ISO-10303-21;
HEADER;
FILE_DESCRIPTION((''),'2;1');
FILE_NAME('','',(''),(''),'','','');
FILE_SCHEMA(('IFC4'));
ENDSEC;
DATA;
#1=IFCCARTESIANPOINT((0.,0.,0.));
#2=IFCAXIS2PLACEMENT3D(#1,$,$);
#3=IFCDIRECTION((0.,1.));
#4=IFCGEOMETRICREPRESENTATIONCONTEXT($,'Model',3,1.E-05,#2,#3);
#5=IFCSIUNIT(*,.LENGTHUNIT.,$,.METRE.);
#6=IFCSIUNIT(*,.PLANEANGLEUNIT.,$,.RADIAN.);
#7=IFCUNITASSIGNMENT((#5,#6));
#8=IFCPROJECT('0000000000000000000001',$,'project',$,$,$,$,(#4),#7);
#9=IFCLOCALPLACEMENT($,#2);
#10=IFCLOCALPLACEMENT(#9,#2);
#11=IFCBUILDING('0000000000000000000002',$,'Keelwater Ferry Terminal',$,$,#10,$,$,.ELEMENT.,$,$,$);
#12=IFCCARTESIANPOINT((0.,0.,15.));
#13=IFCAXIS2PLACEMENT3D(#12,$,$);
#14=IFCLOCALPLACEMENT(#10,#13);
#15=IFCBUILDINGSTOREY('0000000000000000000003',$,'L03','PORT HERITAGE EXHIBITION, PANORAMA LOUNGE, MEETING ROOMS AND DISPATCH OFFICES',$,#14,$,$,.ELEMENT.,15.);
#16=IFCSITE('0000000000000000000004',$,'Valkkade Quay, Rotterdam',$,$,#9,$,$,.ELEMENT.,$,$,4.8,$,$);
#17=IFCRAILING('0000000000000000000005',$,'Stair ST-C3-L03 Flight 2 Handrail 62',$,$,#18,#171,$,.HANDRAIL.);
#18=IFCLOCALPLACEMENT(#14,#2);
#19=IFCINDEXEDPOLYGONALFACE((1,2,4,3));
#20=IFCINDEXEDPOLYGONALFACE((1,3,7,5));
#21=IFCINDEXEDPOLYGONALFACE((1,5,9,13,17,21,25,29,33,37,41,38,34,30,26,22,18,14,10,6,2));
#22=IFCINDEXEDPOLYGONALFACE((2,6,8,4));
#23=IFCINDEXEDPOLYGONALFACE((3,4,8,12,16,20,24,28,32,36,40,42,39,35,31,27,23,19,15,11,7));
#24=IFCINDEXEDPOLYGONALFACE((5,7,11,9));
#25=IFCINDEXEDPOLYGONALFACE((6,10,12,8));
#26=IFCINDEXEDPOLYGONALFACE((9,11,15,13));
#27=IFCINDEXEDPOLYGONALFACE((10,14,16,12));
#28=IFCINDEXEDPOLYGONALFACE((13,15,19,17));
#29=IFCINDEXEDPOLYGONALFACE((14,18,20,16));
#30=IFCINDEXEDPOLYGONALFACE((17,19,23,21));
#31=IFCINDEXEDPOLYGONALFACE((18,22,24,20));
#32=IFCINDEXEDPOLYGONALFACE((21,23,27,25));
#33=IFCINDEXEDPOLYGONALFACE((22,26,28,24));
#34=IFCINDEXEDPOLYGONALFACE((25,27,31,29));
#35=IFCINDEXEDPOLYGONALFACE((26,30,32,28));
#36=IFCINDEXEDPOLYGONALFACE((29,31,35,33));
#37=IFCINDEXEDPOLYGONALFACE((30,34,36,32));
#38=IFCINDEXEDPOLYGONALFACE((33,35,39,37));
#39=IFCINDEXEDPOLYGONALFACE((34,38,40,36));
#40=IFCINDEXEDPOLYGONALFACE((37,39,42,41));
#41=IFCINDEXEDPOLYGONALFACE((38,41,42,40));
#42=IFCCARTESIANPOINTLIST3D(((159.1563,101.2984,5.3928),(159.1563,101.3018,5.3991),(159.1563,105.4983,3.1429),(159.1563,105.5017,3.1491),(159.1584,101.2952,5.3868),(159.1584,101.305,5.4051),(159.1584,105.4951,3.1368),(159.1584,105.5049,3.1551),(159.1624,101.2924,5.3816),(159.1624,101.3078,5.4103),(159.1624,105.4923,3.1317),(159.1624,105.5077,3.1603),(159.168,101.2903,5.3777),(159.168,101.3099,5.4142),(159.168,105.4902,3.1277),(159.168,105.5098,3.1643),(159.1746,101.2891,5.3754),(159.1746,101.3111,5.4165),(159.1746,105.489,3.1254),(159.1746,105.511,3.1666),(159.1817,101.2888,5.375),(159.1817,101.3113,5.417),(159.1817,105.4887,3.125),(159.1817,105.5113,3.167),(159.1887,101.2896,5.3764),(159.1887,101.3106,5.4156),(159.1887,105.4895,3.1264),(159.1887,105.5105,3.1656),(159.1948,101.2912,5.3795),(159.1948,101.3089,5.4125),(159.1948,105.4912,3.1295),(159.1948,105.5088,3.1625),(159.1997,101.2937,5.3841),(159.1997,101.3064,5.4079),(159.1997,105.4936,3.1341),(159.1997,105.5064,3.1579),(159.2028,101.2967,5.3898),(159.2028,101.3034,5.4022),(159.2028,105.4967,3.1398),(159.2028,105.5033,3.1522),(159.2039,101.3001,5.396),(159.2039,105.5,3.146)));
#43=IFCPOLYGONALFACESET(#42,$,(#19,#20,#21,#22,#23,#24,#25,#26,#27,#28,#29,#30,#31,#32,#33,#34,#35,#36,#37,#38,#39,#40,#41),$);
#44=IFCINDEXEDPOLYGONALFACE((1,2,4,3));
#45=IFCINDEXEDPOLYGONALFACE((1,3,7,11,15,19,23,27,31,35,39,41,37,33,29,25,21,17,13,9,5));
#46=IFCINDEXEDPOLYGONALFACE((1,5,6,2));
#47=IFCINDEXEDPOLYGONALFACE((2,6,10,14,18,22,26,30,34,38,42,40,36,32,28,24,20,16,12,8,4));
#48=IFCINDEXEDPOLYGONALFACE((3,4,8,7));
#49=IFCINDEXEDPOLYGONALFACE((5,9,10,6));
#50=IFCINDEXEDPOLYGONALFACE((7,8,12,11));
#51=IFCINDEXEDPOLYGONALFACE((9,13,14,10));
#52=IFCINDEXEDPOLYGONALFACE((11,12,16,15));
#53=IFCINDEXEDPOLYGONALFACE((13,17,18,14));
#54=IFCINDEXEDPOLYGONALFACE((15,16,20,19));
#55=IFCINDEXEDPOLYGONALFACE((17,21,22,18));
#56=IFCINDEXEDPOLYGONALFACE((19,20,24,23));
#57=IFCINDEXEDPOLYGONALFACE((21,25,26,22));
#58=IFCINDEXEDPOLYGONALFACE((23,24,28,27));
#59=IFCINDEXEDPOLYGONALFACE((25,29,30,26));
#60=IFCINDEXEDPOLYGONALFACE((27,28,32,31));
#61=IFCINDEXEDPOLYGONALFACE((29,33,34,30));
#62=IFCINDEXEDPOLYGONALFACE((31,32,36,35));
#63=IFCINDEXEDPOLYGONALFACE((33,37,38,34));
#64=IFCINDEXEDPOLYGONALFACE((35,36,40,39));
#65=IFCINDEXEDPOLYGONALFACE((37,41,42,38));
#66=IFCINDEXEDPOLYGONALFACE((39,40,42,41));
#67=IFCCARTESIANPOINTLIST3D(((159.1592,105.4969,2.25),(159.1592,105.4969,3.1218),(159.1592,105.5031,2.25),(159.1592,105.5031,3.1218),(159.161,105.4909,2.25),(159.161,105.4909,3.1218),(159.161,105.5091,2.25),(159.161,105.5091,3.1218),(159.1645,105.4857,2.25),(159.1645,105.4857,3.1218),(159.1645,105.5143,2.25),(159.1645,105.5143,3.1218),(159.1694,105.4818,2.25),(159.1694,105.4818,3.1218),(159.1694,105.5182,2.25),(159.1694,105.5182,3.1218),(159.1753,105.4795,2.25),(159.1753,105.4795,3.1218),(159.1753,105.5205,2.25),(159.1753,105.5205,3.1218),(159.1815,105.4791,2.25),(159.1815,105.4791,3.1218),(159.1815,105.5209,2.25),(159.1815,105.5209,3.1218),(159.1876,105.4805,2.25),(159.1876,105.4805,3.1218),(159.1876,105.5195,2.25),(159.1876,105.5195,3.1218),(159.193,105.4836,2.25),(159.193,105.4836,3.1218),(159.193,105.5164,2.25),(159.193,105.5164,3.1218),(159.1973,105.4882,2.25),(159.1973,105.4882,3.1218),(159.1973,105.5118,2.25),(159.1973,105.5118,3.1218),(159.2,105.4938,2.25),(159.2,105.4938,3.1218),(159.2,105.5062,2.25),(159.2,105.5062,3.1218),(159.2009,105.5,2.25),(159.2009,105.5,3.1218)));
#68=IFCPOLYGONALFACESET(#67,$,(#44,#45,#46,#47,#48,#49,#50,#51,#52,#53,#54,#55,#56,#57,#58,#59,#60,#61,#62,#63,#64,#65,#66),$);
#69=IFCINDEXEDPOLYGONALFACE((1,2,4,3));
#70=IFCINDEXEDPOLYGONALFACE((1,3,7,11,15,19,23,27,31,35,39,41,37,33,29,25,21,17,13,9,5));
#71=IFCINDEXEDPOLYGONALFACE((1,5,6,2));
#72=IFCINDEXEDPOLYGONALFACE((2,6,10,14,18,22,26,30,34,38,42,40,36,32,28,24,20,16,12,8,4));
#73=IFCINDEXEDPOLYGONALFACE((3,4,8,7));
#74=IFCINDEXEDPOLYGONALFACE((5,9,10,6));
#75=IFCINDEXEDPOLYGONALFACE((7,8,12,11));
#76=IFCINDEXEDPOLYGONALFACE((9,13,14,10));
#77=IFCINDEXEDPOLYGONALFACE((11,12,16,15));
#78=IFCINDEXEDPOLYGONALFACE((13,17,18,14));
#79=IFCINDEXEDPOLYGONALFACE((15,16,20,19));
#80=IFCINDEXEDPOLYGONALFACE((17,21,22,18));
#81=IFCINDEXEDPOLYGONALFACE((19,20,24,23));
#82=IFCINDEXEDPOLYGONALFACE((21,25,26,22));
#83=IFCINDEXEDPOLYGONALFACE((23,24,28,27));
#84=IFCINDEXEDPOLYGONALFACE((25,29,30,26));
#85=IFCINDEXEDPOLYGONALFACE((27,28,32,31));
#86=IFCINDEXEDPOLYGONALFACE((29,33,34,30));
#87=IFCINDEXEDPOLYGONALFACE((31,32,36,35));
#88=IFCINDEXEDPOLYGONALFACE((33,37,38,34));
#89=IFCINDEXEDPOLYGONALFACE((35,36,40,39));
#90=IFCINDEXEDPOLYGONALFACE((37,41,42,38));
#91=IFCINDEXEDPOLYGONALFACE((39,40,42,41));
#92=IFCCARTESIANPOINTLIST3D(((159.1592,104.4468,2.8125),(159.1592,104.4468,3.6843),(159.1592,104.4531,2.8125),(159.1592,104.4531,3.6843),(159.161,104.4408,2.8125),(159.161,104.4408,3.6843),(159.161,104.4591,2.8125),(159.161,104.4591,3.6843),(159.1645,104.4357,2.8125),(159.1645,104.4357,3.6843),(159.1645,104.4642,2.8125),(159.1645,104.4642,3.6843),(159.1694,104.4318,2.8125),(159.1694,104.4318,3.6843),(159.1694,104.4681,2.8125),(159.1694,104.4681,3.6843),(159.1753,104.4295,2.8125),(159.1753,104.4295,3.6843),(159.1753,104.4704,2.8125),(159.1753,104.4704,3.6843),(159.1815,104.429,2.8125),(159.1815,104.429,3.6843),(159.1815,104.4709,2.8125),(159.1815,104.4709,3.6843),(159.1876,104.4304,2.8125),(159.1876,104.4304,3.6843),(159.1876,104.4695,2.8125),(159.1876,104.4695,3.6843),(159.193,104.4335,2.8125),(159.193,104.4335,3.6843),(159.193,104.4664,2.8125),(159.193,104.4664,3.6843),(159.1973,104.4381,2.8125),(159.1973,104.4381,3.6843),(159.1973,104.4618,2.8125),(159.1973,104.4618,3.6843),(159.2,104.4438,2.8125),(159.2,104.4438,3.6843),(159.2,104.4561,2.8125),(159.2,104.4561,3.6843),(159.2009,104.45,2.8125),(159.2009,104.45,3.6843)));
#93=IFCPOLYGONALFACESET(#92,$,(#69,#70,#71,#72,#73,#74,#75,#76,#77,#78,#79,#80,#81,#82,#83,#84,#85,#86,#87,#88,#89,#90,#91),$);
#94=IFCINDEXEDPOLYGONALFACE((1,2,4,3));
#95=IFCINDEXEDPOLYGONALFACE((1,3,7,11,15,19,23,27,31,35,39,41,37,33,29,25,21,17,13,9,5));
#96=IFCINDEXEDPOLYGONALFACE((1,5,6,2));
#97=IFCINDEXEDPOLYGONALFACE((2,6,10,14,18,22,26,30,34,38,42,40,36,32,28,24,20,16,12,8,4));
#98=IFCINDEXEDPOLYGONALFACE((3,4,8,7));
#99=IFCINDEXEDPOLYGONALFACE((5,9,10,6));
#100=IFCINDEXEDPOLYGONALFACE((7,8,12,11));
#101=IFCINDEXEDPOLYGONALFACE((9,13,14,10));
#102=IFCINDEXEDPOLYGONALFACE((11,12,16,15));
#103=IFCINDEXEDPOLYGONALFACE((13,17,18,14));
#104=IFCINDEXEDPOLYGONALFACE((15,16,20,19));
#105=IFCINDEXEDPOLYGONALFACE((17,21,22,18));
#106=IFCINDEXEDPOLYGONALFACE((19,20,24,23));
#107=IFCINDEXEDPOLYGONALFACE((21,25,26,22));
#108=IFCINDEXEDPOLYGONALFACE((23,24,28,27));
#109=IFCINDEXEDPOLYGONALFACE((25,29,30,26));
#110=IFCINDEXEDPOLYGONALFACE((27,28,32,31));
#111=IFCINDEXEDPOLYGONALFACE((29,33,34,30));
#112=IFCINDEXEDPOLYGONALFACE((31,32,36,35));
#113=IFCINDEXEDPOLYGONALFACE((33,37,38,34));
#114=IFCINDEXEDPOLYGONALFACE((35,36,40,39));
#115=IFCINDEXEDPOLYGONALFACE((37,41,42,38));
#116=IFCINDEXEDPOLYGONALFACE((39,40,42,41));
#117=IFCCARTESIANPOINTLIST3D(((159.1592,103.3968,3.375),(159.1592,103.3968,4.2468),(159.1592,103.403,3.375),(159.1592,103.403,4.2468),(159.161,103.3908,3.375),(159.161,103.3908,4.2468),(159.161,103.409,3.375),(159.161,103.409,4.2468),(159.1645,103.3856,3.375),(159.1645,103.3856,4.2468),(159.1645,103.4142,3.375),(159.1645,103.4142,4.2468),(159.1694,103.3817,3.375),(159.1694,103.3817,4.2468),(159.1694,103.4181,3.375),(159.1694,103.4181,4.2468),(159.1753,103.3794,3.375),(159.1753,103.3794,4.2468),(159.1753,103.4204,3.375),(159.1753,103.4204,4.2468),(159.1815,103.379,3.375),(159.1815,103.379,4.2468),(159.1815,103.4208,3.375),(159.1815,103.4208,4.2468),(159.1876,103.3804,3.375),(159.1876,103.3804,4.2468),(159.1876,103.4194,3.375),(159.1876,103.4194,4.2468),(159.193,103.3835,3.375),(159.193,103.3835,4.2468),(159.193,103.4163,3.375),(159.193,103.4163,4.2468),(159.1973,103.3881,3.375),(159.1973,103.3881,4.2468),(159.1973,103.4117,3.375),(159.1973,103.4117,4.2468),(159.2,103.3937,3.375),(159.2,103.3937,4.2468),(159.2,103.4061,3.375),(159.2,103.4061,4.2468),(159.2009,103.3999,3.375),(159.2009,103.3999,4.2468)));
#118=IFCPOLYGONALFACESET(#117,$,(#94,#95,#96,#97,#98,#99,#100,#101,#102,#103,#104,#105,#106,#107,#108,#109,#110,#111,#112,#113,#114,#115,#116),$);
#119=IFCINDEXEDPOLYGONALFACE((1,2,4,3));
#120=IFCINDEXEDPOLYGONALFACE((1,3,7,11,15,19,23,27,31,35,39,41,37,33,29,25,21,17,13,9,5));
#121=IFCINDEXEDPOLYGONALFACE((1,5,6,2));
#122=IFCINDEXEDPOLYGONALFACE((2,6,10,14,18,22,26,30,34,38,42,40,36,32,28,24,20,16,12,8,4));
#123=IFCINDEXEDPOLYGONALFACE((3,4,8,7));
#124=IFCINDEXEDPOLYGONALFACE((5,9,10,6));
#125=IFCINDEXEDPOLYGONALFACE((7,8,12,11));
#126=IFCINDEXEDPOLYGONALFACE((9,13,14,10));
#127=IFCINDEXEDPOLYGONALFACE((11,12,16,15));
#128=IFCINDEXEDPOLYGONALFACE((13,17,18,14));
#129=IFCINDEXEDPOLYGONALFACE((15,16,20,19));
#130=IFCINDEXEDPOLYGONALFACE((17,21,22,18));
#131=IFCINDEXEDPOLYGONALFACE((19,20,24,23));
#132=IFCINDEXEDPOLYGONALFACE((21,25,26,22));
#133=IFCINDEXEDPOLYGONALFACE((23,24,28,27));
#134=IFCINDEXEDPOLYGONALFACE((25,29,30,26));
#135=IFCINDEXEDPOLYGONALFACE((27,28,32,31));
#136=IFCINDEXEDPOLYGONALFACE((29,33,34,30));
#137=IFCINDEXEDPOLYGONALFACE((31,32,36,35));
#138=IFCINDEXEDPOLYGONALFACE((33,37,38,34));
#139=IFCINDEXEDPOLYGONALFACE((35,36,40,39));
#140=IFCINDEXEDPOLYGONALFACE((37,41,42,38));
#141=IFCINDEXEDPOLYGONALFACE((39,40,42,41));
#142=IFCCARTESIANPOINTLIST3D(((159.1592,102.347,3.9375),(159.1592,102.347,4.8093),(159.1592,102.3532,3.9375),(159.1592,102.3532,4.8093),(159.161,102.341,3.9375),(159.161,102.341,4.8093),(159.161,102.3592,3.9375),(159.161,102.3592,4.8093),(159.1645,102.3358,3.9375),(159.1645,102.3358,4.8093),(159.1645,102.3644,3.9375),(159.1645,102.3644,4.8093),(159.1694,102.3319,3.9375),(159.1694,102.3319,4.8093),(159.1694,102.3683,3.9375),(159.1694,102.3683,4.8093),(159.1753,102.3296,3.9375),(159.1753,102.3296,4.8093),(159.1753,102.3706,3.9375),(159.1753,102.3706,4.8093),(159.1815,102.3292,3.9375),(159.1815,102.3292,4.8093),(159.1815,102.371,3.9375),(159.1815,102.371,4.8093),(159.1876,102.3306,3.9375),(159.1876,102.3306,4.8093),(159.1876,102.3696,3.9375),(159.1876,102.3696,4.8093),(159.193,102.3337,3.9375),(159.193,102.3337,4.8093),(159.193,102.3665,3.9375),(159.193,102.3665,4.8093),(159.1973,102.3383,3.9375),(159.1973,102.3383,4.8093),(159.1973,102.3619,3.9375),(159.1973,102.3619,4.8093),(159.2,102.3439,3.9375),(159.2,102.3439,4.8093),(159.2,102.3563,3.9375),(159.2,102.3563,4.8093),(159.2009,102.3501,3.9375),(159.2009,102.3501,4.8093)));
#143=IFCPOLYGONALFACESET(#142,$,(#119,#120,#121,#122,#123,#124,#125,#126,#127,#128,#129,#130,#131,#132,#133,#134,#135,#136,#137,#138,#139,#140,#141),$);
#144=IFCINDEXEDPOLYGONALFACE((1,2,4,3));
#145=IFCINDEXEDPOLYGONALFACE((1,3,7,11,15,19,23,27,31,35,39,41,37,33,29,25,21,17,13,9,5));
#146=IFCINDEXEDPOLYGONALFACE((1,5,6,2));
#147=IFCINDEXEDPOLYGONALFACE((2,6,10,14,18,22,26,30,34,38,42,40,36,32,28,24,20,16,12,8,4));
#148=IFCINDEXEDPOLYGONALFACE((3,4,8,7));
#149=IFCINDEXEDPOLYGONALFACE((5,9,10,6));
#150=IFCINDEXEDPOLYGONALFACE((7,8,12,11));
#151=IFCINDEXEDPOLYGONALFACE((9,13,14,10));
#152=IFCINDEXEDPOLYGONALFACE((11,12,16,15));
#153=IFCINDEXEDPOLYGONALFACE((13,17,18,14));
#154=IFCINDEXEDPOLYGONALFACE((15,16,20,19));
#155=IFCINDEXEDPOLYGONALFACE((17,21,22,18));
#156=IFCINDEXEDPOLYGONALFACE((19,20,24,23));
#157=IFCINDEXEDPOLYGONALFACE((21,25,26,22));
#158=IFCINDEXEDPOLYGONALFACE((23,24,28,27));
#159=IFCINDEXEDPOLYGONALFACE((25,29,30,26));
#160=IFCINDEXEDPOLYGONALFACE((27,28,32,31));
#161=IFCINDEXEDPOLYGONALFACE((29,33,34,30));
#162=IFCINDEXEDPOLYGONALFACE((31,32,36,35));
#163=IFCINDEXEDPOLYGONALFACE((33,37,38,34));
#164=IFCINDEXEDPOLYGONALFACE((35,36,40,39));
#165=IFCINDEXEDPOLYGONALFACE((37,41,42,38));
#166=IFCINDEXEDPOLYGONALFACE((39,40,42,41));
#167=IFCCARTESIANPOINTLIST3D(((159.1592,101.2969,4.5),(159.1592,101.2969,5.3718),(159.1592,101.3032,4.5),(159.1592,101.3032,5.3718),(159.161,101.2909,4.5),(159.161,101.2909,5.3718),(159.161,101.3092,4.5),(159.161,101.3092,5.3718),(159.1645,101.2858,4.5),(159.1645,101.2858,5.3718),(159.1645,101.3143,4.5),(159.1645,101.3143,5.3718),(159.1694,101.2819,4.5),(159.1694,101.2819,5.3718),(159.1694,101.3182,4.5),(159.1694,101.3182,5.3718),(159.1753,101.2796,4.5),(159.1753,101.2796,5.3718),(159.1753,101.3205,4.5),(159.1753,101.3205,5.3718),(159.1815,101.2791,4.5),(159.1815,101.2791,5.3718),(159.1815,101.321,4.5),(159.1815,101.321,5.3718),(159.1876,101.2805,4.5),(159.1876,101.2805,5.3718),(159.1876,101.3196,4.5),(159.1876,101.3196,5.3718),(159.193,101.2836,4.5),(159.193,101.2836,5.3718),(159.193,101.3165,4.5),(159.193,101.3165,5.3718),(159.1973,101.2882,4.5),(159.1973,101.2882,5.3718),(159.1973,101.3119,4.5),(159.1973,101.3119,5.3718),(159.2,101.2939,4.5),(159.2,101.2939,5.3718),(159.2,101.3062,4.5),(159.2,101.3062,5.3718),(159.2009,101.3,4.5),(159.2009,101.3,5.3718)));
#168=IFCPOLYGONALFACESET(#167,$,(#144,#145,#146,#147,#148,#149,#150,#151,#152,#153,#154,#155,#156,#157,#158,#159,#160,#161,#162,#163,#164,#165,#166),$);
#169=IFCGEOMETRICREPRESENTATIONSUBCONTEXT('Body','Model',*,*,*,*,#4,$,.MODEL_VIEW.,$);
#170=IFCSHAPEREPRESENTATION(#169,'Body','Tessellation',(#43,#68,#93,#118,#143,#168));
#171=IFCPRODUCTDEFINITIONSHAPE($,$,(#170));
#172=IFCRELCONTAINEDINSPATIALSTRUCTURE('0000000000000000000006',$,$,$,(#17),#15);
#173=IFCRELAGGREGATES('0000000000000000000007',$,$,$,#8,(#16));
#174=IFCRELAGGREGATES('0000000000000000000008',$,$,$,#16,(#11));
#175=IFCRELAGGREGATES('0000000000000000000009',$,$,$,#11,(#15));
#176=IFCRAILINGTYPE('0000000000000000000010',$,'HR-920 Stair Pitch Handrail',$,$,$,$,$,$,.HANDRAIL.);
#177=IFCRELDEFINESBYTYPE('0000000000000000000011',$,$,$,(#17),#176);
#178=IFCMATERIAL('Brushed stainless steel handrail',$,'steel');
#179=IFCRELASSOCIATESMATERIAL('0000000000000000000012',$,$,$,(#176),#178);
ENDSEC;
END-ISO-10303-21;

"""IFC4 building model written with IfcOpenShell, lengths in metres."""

from ifc_helpers import new_model, si_unit, direction, frame, origin, origin_2d, place, context, subcontext, project, spatial, circle, extrude, material, type_object, element, save


model = new_model("IFC4")

# Units and contexts
model_context = context("Model", 3, precision=1e-05, world=origin(), true_north=direction((0.0, 1.0)))
body_context = subcontext(model_context, "Body", "Model", "MODEL_VIEW")
ifc_project = project(units=[si_unit("LENGTHUNIT", "METRE"), si_unit("PLANEANGLEUNIT", "RADIAN")], contexts=[model_context])

# Site, building, storey
site_placement = place(None, origin())
site = spatial("IfcSite", under=ifc_project, at=site_placement, Name="Valkkade Quay, Rotterdam", CompositionType="ELEMENT", RefElevation=4.8)
building_placement = place(site_placement, origin())
building = spatial("IfcBuilding", under=site, at=building_placement, Name="Keelwater Ferry Terminal", CompositionType="ELEMENT")
storey_placement = place(building_placement, frame((0.0, 0.0, 15.0)))
storey = spatial("IfcBuildingStorey", under=building, at=storey_placement, Name="L03", Description="PORT HERITAGE EXHIBITION, PANORAMA LOUNGE, MEETING ROOMS AND DISPATCH OFFICES", CompositionType="ELEMENT", Elevation=15.0)

# Railing
ifc_material_1 = material(Name="Brushed stainless steel handrail", Category="steel")
railing_type_1 = type_object("IfcRailingType", Name="HR-920 Stair Pitch Handrail", PredefinedType="HANDRAIL", material=ifc_material_1)
railing_1_placement = place(storey_placement, frame((159.1799, 105.5, 2.25)))
element("IfcRailing", 1, at=railing_1_placement, inside=storey, type_object=railing_type_1, Name="Stair ST-C3-L03 Flight 2 Handrail 62", PredefinedType="HANDRAIL", context=body_context, shape_type="SweptSolid", body=[
    extrude(circle(Radius=0.0239, at=origin_2d()), frame((0.0, 0.0, 0.896), z_axis=(0.0, -0.881478, 0.472226), x_axis=(1.0, 0.0, 0.0)), (0.0, 0.0, 1.0), 4.7646),
    extrude(circle(Radius=0.021, at=origin_2d()), origin(), (0.0, 0.0, 1.0), 0.8718),
    extrude(circle(Radius=0.021, at=origin_2d()), frame((0.0, -1.05, 0.5625)), (0.0, 0.0, 1.0), 0.8718),
    extrude(circle(Radius=0.021, at=origin_2d()), frame((0.0, -2.1001, 1.125)), (0.0, 0.0, 1.0), 0.8718),
    extrude(circle(Radius=0.021, at=origin_2d()), frame((0.0, -3.1499, 1.6875)), (0.0, 0.0, 1.0), 0.8718),
    extrude(circle(Radius=0.021, at=origin_2d()), frame((0.0, -4.2, 2.25)), (0.0, 0.0, 1.0), 0.8718),
])

save(model, "model.ifc")
